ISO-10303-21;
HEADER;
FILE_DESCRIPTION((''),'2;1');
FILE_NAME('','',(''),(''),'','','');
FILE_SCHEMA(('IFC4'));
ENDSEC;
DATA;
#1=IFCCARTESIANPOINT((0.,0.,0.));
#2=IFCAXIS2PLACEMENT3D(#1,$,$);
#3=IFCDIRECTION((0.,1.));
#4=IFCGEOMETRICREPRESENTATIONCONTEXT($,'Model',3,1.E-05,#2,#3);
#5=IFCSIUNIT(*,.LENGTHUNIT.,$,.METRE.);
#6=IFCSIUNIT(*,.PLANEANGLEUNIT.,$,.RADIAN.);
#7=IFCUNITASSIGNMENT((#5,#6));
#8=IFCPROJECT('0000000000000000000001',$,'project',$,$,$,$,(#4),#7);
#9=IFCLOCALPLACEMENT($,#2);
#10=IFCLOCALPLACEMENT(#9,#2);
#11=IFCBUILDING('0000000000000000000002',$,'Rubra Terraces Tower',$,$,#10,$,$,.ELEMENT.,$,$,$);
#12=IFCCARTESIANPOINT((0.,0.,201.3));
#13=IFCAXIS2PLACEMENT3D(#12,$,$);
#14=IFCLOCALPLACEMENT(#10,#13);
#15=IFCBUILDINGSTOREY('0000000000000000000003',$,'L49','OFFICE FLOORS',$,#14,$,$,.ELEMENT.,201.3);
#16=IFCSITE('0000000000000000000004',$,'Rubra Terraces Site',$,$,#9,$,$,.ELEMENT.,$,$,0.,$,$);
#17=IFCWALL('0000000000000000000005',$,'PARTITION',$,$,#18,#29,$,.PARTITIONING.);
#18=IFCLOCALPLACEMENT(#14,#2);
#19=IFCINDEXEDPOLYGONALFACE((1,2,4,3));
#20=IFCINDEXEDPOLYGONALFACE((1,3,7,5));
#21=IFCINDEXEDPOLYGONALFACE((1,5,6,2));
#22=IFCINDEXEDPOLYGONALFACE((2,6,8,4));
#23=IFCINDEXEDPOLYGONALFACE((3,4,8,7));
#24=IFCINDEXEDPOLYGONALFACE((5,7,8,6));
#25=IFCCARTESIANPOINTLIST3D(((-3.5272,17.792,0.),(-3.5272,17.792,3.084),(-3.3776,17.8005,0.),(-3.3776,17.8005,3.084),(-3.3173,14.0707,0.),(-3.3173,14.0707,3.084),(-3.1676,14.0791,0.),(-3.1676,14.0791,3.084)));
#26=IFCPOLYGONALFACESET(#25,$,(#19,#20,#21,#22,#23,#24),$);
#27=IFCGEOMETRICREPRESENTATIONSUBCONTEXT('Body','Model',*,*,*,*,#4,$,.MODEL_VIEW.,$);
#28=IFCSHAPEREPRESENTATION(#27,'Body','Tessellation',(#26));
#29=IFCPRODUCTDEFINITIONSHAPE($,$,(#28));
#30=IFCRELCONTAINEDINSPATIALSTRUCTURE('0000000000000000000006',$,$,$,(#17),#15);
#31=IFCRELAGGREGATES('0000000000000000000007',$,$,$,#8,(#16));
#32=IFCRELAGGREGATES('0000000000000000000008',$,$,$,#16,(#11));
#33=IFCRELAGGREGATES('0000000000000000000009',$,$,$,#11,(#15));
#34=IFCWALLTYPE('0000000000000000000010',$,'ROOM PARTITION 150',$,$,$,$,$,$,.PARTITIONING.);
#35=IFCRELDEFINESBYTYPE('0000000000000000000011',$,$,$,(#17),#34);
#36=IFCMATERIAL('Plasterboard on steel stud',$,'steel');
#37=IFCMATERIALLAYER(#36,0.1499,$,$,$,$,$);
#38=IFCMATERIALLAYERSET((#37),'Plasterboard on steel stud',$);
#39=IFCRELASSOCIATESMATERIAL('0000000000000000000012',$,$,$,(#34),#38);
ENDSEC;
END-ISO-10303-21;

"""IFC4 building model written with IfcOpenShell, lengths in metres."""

from ifc_helpers import new_model, si_unit, direction, frame, frame_2d, origin, place, context, subcontext, project, spatial, rectangle, extrude, material, layer, layer_set, type_object, element, save


model = new_model("IFC4")

# Units and contexts
model_context = context("Model", 3, precision=1e-05, world=origin(), true_north=direction((0.0, 1.0)))
body_context = subcontext(model_context, "Body", "Model", "MODEL_VIEW")
ifc_project = project(units=[si_unit("LENGTHUNIT", "METRE"), si_unit("PLANEANGLEUNIT", "RADIAN")], contexts=[model_context])

# Site, building, storey
site_placement = place(None, origin())
site = spatial("IfcSite", under=ifc_project, at=site_placement, Name="Rubra Terraces Site", CompositionType="ELEMENT", RefElevation=0.0)
building_placement = place(site_placement, origin())
building = spatial("IfcBuilding", under=site, at=building_placement, Name="Rubra Terraces Tower", CompositionType="ELEMENT")
storey_placement = place(building_placement, frame((0.0, 0.0, 201.3)))
storey = spatial("IfcBuildingStorey", under=building, at=storey_placement, Name="L49", Description="OFFICE FLOORS", CompositionType="ELEMENT", Elevation=201.3)

# Shared definitions
ifc_material_1 = material(Name="Plasterboard on steel stud", Category="steel")

# Wall
ifc_layer_1 = layer(ifc_material_1, 0.1499)
ifc_layer_set_1 = layer_set([ifc_layer_1], Name="Plasterboard on steel stud")
wall_type_1 = type_object("IfcWallType", Name="ROOM PARTITION 150", PredefinedType="PARTITIONING", material=ifc_layer_set_1)
wall_1_placement = place(storey_placement, frame((-3.4524, 17.7964, 0.0), z_axis=(0.0, 0.0, 1.0), x_axis=(0.05633, -0.998412, 0.0)))
element("IfcWall", 1, at=wall_1_placement, inside=storey, type_object=wall_type_1, Name="PARTITION", PredefinedType="PARTITIONING", context=body_context, shape_type="SweptSolid", body=[
    extrude(rectangle(XDim=3.7273, YDim=0.1499, at=frame_2d((1.8638, 0.0))), origin(), (0.0, 0.0, 1.0), 3.084),
])

save(model, "model.ifc")
